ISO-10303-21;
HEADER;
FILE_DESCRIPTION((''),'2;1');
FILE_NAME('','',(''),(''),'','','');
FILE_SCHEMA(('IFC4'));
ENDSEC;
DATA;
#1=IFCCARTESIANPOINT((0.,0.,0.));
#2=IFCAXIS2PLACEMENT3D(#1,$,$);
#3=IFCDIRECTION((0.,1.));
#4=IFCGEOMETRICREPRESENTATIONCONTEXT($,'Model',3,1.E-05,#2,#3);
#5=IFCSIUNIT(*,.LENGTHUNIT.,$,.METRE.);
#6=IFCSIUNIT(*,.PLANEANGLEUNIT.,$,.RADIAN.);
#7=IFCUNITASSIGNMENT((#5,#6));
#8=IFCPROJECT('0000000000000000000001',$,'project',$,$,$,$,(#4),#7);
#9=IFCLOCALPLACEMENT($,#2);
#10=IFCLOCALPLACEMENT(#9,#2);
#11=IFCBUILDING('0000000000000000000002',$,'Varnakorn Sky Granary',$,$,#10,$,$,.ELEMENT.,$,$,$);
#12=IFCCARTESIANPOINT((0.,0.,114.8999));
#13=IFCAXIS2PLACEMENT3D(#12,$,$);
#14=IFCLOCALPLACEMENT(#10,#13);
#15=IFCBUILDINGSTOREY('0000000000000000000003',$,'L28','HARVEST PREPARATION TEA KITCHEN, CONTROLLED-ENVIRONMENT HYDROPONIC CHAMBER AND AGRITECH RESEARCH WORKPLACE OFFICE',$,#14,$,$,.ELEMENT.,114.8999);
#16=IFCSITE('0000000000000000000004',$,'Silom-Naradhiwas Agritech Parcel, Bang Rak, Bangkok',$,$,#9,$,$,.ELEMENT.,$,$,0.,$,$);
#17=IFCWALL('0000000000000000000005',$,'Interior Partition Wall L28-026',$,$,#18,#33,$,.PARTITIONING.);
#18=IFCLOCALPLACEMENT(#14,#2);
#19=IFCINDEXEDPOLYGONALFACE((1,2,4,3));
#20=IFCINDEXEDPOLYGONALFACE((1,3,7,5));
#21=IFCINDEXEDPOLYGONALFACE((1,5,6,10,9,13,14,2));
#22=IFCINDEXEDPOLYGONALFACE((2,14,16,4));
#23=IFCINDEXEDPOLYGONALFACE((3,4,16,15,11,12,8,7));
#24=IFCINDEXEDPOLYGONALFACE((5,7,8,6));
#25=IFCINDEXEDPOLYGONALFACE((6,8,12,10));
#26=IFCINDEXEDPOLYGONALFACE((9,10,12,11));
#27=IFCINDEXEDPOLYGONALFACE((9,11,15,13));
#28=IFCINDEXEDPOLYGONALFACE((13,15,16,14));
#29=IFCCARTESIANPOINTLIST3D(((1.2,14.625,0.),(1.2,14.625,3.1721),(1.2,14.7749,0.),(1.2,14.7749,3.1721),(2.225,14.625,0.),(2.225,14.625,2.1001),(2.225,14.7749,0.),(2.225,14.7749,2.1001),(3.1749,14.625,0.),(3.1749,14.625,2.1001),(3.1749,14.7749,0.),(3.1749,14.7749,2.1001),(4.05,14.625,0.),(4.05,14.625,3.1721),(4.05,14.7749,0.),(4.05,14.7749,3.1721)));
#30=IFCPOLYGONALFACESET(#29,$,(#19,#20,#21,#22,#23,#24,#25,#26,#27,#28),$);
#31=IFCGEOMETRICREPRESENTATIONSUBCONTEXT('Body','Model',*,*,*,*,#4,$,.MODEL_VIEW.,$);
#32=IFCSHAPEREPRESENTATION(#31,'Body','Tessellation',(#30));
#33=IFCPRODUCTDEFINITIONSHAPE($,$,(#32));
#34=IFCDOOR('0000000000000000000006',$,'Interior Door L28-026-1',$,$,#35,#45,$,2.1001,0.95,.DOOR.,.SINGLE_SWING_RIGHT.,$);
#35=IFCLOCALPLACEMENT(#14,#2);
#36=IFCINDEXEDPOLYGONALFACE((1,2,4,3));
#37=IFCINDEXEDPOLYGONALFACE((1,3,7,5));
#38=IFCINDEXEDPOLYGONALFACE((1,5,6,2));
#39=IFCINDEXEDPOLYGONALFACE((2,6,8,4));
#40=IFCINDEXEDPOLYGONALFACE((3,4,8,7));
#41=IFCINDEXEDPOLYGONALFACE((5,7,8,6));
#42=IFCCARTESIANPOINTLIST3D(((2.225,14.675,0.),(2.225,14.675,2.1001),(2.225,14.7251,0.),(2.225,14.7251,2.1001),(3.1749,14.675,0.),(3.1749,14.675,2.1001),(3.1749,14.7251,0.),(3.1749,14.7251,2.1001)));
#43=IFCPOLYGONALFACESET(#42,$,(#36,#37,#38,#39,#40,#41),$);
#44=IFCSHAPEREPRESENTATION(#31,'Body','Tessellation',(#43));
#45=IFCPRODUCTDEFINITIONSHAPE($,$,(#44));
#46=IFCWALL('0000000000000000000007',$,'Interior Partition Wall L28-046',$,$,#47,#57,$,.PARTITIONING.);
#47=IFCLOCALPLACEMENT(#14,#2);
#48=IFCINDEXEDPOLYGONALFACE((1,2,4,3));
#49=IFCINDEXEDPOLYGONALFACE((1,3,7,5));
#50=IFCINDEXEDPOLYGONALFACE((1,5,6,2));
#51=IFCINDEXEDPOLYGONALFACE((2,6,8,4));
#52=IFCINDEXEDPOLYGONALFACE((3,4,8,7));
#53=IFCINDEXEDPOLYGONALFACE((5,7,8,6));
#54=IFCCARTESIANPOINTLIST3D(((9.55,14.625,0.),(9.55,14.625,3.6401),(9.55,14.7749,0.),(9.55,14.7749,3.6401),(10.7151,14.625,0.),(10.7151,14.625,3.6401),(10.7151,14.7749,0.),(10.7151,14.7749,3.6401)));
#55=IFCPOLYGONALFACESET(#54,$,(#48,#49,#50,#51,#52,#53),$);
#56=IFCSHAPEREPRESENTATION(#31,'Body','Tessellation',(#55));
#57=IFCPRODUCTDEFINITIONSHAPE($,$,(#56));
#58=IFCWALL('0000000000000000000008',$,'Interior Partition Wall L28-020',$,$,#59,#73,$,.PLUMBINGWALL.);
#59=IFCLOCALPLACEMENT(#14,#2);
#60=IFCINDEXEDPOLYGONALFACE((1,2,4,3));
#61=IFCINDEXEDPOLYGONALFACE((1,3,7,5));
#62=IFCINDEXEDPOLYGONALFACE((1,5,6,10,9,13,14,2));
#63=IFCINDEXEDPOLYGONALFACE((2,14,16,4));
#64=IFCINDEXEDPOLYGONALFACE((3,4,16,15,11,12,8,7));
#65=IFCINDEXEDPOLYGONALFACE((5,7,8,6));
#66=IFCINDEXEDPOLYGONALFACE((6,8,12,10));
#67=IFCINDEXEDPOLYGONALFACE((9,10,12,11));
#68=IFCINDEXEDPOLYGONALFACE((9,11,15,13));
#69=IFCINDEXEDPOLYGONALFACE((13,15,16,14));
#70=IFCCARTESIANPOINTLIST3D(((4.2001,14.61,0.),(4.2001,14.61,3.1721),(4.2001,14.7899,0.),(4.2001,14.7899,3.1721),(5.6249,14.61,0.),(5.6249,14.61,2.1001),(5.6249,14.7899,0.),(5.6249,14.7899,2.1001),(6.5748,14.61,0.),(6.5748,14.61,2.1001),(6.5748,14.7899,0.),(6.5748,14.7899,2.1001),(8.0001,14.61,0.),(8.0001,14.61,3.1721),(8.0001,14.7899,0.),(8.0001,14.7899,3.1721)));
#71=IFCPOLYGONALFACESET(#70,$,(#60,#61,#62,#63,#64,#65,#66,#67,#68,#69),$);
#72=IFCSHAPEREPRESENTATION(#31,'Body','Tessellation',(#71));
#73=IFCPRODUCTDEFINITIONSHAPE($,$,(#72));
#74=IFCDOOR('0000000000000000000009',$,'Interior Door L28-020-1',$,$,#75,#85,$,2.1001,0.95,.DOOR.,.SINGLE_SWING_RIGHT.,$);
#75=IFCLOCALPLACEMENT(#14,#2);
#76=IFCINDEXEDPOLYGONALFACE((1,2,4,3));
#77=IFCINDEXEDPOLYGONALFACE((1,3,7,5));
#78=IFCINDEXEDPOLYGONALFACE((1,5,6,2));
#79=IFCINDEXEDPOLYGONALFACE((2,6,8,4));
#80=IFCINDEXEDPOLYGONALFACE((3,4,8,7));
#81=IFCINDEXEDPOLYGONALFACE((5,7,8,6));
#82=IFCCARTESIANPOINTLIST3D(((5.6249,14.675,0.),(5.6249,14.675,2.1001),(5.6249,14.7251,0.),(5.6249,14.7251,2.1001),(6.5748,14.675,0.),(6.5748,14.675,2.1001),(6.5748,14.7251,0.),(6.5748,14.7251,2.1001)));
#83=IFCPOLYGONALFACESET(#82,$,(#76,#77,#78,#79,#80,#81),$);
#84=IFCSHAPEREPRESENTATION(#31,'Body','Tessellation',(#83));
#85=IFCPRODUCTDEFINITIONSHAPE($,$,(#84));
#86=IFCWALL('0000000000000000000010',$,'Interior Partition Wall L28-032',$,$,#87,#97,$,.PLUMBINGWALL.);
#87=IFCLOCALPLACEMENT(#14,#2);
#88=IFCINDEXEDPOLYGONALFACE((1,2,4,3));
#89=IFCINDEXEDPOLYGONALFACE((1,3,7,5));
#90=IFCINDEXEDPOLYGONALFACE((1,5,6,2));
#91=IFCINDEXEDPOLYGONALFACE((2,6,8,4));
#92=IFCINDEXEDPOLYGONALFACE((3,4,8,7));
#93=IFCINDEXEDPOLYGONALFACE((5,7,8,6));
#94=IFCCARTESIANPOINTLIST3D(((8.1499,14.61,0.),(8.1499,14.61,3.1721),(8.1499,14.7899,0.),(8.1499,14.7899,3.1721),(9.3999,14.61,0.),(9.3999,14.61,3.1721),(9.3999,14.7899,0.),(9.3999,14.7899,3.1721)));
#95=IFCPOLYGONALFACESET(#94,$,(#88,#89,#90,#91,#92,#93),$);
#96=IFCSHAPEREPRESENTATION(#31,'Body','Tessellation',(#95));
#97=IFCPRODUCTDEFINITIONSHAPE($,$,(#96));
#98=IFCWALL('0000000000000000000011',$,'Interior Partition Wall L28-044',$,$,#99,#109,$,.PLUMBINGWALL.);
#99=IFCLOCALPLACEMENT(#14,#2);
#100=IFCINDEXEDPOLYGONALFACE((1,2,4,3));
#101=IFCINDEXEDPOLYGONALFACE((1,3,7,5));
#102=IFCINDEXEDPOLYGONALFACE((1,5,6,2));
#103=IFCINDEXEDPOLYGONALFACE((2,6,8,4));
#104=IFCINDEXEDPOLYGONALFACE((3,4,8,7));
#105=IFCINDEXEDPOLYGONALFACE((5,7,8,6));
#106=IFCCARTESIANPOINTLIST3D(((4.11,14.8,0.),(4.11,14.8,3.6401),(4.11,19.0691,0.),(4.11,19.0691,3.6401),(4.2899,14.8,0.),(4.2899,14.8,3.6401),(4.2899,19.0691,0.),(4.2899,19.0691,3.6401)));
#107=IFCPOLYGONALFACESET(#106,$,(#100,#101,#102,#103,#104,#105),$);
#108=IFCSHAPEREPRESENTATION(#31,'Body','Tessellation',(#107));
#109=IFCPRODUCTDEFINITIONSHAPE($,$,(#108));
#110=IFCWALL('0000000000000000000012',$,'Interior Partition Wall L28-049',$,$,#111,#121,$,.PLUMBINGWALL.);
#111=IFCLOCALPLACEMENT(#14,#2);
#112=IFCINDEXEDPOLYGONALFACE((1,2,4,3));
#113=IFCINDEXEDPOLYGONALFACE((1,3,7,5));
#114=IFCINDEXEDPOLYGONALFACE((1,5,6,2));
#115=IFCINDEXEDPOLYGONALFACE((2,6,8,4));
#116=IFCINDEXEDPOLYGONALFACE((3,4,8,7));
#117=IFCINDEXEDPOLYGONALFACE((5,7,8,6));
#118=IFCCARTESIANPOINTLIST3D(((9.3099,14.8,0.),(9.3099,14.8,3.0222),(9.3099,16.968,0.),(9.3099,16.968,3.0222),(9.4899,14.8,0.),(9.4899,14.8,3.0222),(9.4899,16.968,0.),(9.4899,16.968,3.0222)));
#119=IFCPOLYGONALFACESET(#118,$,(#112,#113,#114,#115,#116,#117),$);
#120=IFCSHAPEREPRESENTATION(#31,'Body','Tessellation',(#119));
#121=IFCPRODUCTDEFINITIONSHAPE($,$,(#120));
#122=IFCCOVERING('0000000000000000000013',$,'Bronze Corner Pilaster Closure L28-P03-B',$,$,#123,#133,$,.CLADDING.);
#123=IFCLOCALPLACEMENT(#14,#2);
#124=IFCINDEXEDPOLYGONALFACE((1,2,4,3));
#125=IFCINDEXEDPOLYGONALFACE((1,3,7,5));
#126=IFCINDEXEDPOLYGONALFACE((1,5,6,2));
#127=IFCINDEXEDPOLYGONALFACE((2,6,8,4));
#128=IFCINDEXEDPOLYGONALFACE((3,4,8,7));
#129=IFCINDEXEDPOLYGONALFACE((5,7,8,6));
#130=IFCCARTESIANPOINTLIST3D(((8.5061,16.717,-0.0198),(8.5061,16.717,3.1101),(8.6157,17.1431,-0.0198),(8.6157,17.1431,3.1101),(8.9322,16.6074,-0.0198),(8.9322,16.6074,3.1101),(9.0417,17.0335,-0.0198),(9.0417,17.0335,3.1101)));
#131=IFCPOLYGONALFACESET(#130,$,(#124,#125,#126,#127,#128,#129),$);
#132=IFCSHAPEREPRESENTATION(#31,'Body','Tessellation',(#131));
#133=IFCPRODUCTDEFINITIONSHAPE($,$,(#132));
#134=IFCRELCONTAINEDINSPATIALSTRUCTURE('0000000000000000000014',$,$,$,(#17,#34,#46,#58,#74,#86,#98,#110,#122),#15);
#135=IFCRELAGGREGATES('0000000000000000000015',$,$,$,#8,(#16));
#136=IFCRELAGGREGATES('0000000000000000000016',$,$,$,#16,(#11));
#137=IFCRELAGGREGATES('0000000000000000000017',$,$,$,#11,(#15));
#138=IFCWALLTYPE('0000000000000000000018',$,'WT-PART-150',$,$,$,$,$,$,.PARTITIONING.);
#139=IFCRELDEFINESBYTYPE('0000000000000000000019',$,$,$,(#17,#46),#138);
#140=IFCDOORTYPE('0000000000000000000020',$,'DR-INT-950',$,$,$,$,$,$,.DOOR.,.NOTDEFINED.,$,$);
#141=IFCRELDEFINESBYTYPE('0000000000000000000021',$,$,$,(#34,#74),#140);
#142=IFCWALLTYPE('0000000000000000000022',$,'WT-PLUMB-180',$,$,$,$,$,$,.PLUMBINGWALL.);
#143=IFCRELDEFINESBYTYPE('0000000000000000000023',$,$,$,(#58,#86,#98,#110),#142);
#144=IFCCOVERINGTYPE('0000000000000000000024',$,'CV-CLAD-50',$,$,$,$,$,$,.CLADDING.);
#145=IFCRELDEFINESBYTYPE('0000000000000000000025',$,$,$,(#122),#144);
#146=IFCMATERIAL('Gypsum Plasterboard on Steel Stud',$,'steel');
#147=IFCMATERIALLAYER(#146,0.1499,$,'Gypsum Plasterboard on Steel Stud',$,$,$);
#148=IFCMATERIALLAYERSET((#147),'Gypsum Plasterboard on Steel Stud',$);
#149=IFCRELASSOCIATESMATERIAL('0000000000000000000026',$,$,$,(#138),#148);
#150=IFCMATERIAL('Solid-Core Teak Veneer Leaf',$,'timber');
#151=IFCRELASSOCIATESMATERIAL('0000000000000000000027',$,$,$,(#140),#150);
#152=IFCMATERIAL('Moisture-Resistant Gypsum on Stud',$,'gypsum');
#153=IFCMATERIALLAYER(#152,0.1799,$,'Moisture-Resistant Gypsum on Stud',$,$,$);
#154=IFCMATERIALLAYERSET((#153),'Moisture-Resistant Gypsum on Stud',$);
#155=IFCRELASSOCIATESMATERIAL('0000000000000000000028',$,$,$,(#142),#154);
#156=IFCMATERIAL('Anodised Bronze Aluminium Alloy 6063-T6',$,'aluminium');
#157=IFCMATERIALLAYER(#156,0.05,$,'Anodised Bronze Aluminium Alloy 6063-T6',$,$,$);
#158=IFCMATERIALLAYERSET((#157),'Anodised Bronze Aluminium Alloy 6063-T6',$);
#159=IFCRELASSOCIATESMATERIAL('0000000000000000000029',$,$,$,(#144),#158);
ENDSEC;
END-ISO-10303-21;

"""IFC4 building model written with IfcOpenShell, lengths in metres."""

from ifc_helpers import new_model, si_unit, direction, frame, frame_2d, origin, origin_2d, place, context, subcontext, project, spatial, rectangle, extrude, source, transform, mapped, material, layer, layer_set, type_object, type_shapes, element, fill, save


model = new_model("IFC4")

# Units and contexts
model_context = context("Model", 3, precision=1e-05, world=origin(), true_north=direction((0.0, 1.0)))
body_context = subcontext(model_context, "Body", "Model", "MODEL_VIEW")
ifc_project = project(units=[si_unit("LENGTHUNIT", "METRE"), si_unit("PLANEANGLEUNIT", "RADIAN")], contexts=[model_context])

# Site, building, storey
site_placement = place(None, origin())
site = spatial("IfcSite", under=ifc_project, at=site_placement, Name="Silom-Naradhiwas Agritech Parcel, Bang Rak, Bangkok", CompositionType="ELEMENT", RefElevation=0.0)
building_placement = place(site_placement, origin())
building = spatial("IfcBuilding", under=site, at=building_placement, Name="Varnakorn Sky Granary", CompositionType="ELEMENT")
storey_placement = place(building_placement, frame((0.0, 0.0, 114.8999)))
storey = spatial("IfcBuildingStorey", under=building, at=storey_placement, Name="L28", Description="HARVEST PREPARATION TEA KITCHEN, CONTROLLED-ENVIRONMENT HYDROPONIC CHAMBER AND AGRITECH RESEARCH WORKPLACE OFFICE", CompositionType="ELEMENT", Elevation=114.8999)

# Shared definitions
ifc_material_1 = material(Name="Anodised Bronze Aluminium Alloy 6063-T6", Category="aluminium")

# Wall, opening, door
ifc_material_2 = material(Name="Gypsum Plasterboard on Steel Stud", Category="steel")
ifc_layer_1 = layer(ifc_material_2, 0.1499, Name="Gypsum Plasterboard on Steel Stud")
ifc_layer_set_1 = layer_set([ifc_layer_1], Name="Gypsum Plasterboard on Steel Stud")
wall_type_1 = type_object("IfcWallType", Name="WT-PART-150", PredefinedType="PARTITIONING", material=ifc_layer_set_1)
wall_1_placement = place(storey_placement, frame((4.05, 14.7, 0.0), z_axis=(0.0, 0.0, 1.0), x_axis=(-1.0, 0.0, 0.0)))
wall_1 = element("IfcWall", 1, at=wall_1_placement, inside=storey, type_object=wall_type_1, Name="Interior Partition Wall L28-026", PredefinedType="PARTITIONING", context=body_context, shape_type="SweptSolid", body=[
    extrude(rectangle(XDim=2.8501, YDim=0.1499, at=frame_2d((1.425, 0.0))), origin(), (0.0, 0.0, 1.0), 3.1721),
])
opening_1_placement = place(wall_1_placement, frame((0.875, 0.0, 0.0)))
opening_1 = element("IfcOpeningElement", 2, at=opening_1_placement, cuts=wall_1, PredefinedType="OPENING", context=body_context, shape_type="SweptSolid", body=[
    extrude(rectangle(XDim=0.95, YDim=2.1001, at=frame_2d((0.4751, 1.05))), frame((0.0, 0.085, 0.0), z_axis=(0.0, -1.0, 0.0), x_axis=(1.0, 0.0, 0.0)), (0.0, 0.0, 1.0), 0.1699),
])
ifc_material_3 = material(Name="Solid-Core Teak Veneer Leaf", Category="timber")
door_type = type_object("IfcDoorType", Name="DR-INT-950", OperationType="NOTDEFINED", PredefinedType="DOOR", material=ifc_material_3)
door_1_placement = place(opening_1_placement, origin())
door_1 = element("IfcDoor", 3, at=door_1_placement, inside=storey, type_object=door_type, Name="Interior Door L28-026-1", OperationType="SINGLE_SWING_RIGHT", OverallHeight=2.1001, OverallWidth=0.95, PredefinedType="DOOR", context=body_context, shape_type="SweptSolid", body=[
    extrude(rectangle(XDim=0.95, YDim=2.1001, at=frame_2d((0.4751, 1.05))), frame((0.0, 0.0249, 0.0), z_axis=(0.0, -1.0, 0.0), x_axis=(1.0, 0.0, 0.0)), (0.0, 0.0, 1.0), 0.05),
])
fill(opening_1, door_1)

# Wall
wall_2_placement = place(storey_placement, frame((10.7151, 14.7, 0.0), z_axis=(0.0, 0.0, 1.0), x_axis=(-1.0, 0.0, 0.0)))
element("IfcWall", 4, at=wall_2_placement, inside=storey, type_object=wall_type_1, Name="Interior Partition Wall L28-046", PredefinedType="PARTITIONING", context=body_context, shape_type="SweptSolid", body=[
    extrude(rectangle(XDim=1.165, YDim=0.1499, at=frame_2d((0.5825, 0.0))), origin(), (0.0, 0.0, 1.0), 3.6401),
])

# Wall, opening, door
ifc_material_4 = material(Name="Moisture-Resistant Gypsum on Stud", Category="gypsum")
ifc_layer_2 = layer(ifc_material_4, 0.1799, Name="Moisture-Resistant Gypsum on Stud")
ifc_layer_set_2 = layer_set([ifc_layer_2], Name="Moisture-Resistant Gypsum on Stud")
wall_type_2 = type_object("IfcWallType", Name="WT-PLUMB-180", PredefinedType="PLUMBINGWALL", material=ifc_layer_set_2)
wall_3_placement = place(storey_placement, frame((8.0, 14.7, 0.0), z_axis=(0.0, 0.0, 1.0), x_axis=(-1.0, 0.0, 0.0)))
wall_3 = element("IfcWall", 5, at=wall_3_placement, inside=storey, type_object=wall_type_2, Name="Interior Partition Wall L28-020", PredefinedType="PLUMBINGWALL", context=body_context, shape_type="SweptSolid", body=[
    extrude(rectangle(XDim=3.8, YDim=0.1799, at=frame_2d((1.8999, 0.0))), origin(), (0.0, 0.0, 1.0), 3.1721),
])
opening_2_placement = place(wall_3_placement, frame((1.425, 0.0, 0.0)))
opening_2 = element("IfcOpeningElement", 6, at=opening_2_placement, cuts=wall_3, PredefinedType="OPENING", context=body_context, shape_type="SweptSolid", body=[
    extrude(rectangle(XDim=0.95, YDim=2.1001, at=frame_2d((0.4751, 1.05))), frame((0.0, 0.1001, 0.0), z_axis=(0.0, -1.0, 0.0), x_axis=(1.0, 0.0, 0.0)), (0.0, 0.0, 1.0), 0.2),
])
door_2_placement = place(opening_2_placement, origin())
door_2 = element("IfcDoor", 7, at=door_2_placement, inside=storey, type_object=door_type, Name="Interior Door L28-020-1", OperationType="SINGLE_SWING_RIGHT", OverallHeight=2.1001, OverallWidth=0.95, PredefinedType="DOOR", context=body_context, shape_type="SweptSolid", body=[
    extrude(rectangle(XDim=0.95, YDim=2.1001, at=frame_2d((0.4751, 1.05))), frame((0.0, 0.0249, 0.0), z_axis=(0.0, -1.0, 0.0), x_axis=(1.0, 0.0, 0.0)), (0.0, 0.0, 1.0), 0.05),
])
fill(opening_2, door_2)

# Walls
wall_4_placement = place(storey_placement, frame((9.3999, 14.7, 0.0), z_axis=(0.0, 0.0, 1.0), x_axis=(-1.0, 0.0, 0.0)))
element("IfcWall", 8, at=wall_4_placement, inside=storey, type_object=wall_type_2, Name="Interior Partition Wall L28-032", PredefinedType="PLUMBINGWALL", context=body_context, shape_type="SweptSolid", body=[
    extrude(rectangle(XDim=1.25, YDim=0.1799, at=frame_2d((0.625, 0.0))), origin(), (0.0, 0.0, 1.0), 3.1721),
])
wall_5_placement = place(storey_placement, frame((4.2, 19.0691, 0.0), z_axis=(0.0, 0.0, 1.0), x_axis=(0.0, -1.0, 0.0)))
element("IfcWall", 9, at=wall_5_placement, inside=storey, type_object=wall_type_2, Name="Interior Partition Wall L28-044", PredefinedType="PLUMBINGWALL", context=body_context, shape_type="SweptSolid", body=[
    extrude(rectangle(XDim=4.269, YDim=0.1799, at=frame_2d((2.1345, 0.0))), origin(), (0.0, 0.0, 1.0), 3.6401),
])
wall_6_placement = place(storey_placement, frame((9.3999, 14.8, 0.0), z_axis=(0.0, 0.0, 1.0), x_axis=(0.0, 1.0, 0.0)))
element("IfcWall", 10, at=wall_6_placement, inside=storey, type_object=wall_type_2, Name="Interior Partition Wall L28-049", PredefinedType="PLUMBINGWALL", context=body_context, shape_type="SweptSolid", body=[
    extrude(rectangle(XDim=2.168, YDim=0.1799, at=frame_2d((1.084, 0.0))), origin(), (0.0, 0.0, 1.0), 3.0222),
])

# Covering
ifc_layer_3 = layer(ifc_material_1, 0.05, Name="Anodised Bronze Aluminium Alloy 6063-T6")
ifc_layer_set_3 = layer_set([ifc_layer_3], Name="Anodised Bronze Aluminium Alloy 6063-T6")
covering_type = type_object("IfcCoveringType", Name="CV-CLAD-50", PredefinedType="CLADDING", material=ifc_layer_set_3)
shared_shape_1 = source(origin(), body_context, "Body", "SweptSolid", [
    extrude(rectangle(XDim=0.4399, YDim=0.4399, at=origin_2d()), origin(), (0.0, 0.0, 1.0), 3.1299),
])
type_shapes(covering_type, [shared_shape_1])
covering_placement = place(storey_placement, frame((8.7739, 16.8752, -0.0198), z_axis=(0.0, 0.0, 1.0), x_axis=(0.968496, -0.249028, 0.0)))
element("IfcCovering", 11, at=covering_placement, inside=storey, type_object=covering_type, Name="Bronze Corner Pilaster Closure L28-P03-B", PredefinedType="CLADDING", context=body_context, shape_type="MappedRepresentation", body=[
    mapped(shared_shape_1, transform((0.0, 0.0, 0.0), x_axis=(1.0, 0.0, 0.0), y_axis=(0.0, 1.0, 0.0), z_axis=(0.0, 0.0, 1.0), scale=1.0)),
])

save(model, "model.ifc")
